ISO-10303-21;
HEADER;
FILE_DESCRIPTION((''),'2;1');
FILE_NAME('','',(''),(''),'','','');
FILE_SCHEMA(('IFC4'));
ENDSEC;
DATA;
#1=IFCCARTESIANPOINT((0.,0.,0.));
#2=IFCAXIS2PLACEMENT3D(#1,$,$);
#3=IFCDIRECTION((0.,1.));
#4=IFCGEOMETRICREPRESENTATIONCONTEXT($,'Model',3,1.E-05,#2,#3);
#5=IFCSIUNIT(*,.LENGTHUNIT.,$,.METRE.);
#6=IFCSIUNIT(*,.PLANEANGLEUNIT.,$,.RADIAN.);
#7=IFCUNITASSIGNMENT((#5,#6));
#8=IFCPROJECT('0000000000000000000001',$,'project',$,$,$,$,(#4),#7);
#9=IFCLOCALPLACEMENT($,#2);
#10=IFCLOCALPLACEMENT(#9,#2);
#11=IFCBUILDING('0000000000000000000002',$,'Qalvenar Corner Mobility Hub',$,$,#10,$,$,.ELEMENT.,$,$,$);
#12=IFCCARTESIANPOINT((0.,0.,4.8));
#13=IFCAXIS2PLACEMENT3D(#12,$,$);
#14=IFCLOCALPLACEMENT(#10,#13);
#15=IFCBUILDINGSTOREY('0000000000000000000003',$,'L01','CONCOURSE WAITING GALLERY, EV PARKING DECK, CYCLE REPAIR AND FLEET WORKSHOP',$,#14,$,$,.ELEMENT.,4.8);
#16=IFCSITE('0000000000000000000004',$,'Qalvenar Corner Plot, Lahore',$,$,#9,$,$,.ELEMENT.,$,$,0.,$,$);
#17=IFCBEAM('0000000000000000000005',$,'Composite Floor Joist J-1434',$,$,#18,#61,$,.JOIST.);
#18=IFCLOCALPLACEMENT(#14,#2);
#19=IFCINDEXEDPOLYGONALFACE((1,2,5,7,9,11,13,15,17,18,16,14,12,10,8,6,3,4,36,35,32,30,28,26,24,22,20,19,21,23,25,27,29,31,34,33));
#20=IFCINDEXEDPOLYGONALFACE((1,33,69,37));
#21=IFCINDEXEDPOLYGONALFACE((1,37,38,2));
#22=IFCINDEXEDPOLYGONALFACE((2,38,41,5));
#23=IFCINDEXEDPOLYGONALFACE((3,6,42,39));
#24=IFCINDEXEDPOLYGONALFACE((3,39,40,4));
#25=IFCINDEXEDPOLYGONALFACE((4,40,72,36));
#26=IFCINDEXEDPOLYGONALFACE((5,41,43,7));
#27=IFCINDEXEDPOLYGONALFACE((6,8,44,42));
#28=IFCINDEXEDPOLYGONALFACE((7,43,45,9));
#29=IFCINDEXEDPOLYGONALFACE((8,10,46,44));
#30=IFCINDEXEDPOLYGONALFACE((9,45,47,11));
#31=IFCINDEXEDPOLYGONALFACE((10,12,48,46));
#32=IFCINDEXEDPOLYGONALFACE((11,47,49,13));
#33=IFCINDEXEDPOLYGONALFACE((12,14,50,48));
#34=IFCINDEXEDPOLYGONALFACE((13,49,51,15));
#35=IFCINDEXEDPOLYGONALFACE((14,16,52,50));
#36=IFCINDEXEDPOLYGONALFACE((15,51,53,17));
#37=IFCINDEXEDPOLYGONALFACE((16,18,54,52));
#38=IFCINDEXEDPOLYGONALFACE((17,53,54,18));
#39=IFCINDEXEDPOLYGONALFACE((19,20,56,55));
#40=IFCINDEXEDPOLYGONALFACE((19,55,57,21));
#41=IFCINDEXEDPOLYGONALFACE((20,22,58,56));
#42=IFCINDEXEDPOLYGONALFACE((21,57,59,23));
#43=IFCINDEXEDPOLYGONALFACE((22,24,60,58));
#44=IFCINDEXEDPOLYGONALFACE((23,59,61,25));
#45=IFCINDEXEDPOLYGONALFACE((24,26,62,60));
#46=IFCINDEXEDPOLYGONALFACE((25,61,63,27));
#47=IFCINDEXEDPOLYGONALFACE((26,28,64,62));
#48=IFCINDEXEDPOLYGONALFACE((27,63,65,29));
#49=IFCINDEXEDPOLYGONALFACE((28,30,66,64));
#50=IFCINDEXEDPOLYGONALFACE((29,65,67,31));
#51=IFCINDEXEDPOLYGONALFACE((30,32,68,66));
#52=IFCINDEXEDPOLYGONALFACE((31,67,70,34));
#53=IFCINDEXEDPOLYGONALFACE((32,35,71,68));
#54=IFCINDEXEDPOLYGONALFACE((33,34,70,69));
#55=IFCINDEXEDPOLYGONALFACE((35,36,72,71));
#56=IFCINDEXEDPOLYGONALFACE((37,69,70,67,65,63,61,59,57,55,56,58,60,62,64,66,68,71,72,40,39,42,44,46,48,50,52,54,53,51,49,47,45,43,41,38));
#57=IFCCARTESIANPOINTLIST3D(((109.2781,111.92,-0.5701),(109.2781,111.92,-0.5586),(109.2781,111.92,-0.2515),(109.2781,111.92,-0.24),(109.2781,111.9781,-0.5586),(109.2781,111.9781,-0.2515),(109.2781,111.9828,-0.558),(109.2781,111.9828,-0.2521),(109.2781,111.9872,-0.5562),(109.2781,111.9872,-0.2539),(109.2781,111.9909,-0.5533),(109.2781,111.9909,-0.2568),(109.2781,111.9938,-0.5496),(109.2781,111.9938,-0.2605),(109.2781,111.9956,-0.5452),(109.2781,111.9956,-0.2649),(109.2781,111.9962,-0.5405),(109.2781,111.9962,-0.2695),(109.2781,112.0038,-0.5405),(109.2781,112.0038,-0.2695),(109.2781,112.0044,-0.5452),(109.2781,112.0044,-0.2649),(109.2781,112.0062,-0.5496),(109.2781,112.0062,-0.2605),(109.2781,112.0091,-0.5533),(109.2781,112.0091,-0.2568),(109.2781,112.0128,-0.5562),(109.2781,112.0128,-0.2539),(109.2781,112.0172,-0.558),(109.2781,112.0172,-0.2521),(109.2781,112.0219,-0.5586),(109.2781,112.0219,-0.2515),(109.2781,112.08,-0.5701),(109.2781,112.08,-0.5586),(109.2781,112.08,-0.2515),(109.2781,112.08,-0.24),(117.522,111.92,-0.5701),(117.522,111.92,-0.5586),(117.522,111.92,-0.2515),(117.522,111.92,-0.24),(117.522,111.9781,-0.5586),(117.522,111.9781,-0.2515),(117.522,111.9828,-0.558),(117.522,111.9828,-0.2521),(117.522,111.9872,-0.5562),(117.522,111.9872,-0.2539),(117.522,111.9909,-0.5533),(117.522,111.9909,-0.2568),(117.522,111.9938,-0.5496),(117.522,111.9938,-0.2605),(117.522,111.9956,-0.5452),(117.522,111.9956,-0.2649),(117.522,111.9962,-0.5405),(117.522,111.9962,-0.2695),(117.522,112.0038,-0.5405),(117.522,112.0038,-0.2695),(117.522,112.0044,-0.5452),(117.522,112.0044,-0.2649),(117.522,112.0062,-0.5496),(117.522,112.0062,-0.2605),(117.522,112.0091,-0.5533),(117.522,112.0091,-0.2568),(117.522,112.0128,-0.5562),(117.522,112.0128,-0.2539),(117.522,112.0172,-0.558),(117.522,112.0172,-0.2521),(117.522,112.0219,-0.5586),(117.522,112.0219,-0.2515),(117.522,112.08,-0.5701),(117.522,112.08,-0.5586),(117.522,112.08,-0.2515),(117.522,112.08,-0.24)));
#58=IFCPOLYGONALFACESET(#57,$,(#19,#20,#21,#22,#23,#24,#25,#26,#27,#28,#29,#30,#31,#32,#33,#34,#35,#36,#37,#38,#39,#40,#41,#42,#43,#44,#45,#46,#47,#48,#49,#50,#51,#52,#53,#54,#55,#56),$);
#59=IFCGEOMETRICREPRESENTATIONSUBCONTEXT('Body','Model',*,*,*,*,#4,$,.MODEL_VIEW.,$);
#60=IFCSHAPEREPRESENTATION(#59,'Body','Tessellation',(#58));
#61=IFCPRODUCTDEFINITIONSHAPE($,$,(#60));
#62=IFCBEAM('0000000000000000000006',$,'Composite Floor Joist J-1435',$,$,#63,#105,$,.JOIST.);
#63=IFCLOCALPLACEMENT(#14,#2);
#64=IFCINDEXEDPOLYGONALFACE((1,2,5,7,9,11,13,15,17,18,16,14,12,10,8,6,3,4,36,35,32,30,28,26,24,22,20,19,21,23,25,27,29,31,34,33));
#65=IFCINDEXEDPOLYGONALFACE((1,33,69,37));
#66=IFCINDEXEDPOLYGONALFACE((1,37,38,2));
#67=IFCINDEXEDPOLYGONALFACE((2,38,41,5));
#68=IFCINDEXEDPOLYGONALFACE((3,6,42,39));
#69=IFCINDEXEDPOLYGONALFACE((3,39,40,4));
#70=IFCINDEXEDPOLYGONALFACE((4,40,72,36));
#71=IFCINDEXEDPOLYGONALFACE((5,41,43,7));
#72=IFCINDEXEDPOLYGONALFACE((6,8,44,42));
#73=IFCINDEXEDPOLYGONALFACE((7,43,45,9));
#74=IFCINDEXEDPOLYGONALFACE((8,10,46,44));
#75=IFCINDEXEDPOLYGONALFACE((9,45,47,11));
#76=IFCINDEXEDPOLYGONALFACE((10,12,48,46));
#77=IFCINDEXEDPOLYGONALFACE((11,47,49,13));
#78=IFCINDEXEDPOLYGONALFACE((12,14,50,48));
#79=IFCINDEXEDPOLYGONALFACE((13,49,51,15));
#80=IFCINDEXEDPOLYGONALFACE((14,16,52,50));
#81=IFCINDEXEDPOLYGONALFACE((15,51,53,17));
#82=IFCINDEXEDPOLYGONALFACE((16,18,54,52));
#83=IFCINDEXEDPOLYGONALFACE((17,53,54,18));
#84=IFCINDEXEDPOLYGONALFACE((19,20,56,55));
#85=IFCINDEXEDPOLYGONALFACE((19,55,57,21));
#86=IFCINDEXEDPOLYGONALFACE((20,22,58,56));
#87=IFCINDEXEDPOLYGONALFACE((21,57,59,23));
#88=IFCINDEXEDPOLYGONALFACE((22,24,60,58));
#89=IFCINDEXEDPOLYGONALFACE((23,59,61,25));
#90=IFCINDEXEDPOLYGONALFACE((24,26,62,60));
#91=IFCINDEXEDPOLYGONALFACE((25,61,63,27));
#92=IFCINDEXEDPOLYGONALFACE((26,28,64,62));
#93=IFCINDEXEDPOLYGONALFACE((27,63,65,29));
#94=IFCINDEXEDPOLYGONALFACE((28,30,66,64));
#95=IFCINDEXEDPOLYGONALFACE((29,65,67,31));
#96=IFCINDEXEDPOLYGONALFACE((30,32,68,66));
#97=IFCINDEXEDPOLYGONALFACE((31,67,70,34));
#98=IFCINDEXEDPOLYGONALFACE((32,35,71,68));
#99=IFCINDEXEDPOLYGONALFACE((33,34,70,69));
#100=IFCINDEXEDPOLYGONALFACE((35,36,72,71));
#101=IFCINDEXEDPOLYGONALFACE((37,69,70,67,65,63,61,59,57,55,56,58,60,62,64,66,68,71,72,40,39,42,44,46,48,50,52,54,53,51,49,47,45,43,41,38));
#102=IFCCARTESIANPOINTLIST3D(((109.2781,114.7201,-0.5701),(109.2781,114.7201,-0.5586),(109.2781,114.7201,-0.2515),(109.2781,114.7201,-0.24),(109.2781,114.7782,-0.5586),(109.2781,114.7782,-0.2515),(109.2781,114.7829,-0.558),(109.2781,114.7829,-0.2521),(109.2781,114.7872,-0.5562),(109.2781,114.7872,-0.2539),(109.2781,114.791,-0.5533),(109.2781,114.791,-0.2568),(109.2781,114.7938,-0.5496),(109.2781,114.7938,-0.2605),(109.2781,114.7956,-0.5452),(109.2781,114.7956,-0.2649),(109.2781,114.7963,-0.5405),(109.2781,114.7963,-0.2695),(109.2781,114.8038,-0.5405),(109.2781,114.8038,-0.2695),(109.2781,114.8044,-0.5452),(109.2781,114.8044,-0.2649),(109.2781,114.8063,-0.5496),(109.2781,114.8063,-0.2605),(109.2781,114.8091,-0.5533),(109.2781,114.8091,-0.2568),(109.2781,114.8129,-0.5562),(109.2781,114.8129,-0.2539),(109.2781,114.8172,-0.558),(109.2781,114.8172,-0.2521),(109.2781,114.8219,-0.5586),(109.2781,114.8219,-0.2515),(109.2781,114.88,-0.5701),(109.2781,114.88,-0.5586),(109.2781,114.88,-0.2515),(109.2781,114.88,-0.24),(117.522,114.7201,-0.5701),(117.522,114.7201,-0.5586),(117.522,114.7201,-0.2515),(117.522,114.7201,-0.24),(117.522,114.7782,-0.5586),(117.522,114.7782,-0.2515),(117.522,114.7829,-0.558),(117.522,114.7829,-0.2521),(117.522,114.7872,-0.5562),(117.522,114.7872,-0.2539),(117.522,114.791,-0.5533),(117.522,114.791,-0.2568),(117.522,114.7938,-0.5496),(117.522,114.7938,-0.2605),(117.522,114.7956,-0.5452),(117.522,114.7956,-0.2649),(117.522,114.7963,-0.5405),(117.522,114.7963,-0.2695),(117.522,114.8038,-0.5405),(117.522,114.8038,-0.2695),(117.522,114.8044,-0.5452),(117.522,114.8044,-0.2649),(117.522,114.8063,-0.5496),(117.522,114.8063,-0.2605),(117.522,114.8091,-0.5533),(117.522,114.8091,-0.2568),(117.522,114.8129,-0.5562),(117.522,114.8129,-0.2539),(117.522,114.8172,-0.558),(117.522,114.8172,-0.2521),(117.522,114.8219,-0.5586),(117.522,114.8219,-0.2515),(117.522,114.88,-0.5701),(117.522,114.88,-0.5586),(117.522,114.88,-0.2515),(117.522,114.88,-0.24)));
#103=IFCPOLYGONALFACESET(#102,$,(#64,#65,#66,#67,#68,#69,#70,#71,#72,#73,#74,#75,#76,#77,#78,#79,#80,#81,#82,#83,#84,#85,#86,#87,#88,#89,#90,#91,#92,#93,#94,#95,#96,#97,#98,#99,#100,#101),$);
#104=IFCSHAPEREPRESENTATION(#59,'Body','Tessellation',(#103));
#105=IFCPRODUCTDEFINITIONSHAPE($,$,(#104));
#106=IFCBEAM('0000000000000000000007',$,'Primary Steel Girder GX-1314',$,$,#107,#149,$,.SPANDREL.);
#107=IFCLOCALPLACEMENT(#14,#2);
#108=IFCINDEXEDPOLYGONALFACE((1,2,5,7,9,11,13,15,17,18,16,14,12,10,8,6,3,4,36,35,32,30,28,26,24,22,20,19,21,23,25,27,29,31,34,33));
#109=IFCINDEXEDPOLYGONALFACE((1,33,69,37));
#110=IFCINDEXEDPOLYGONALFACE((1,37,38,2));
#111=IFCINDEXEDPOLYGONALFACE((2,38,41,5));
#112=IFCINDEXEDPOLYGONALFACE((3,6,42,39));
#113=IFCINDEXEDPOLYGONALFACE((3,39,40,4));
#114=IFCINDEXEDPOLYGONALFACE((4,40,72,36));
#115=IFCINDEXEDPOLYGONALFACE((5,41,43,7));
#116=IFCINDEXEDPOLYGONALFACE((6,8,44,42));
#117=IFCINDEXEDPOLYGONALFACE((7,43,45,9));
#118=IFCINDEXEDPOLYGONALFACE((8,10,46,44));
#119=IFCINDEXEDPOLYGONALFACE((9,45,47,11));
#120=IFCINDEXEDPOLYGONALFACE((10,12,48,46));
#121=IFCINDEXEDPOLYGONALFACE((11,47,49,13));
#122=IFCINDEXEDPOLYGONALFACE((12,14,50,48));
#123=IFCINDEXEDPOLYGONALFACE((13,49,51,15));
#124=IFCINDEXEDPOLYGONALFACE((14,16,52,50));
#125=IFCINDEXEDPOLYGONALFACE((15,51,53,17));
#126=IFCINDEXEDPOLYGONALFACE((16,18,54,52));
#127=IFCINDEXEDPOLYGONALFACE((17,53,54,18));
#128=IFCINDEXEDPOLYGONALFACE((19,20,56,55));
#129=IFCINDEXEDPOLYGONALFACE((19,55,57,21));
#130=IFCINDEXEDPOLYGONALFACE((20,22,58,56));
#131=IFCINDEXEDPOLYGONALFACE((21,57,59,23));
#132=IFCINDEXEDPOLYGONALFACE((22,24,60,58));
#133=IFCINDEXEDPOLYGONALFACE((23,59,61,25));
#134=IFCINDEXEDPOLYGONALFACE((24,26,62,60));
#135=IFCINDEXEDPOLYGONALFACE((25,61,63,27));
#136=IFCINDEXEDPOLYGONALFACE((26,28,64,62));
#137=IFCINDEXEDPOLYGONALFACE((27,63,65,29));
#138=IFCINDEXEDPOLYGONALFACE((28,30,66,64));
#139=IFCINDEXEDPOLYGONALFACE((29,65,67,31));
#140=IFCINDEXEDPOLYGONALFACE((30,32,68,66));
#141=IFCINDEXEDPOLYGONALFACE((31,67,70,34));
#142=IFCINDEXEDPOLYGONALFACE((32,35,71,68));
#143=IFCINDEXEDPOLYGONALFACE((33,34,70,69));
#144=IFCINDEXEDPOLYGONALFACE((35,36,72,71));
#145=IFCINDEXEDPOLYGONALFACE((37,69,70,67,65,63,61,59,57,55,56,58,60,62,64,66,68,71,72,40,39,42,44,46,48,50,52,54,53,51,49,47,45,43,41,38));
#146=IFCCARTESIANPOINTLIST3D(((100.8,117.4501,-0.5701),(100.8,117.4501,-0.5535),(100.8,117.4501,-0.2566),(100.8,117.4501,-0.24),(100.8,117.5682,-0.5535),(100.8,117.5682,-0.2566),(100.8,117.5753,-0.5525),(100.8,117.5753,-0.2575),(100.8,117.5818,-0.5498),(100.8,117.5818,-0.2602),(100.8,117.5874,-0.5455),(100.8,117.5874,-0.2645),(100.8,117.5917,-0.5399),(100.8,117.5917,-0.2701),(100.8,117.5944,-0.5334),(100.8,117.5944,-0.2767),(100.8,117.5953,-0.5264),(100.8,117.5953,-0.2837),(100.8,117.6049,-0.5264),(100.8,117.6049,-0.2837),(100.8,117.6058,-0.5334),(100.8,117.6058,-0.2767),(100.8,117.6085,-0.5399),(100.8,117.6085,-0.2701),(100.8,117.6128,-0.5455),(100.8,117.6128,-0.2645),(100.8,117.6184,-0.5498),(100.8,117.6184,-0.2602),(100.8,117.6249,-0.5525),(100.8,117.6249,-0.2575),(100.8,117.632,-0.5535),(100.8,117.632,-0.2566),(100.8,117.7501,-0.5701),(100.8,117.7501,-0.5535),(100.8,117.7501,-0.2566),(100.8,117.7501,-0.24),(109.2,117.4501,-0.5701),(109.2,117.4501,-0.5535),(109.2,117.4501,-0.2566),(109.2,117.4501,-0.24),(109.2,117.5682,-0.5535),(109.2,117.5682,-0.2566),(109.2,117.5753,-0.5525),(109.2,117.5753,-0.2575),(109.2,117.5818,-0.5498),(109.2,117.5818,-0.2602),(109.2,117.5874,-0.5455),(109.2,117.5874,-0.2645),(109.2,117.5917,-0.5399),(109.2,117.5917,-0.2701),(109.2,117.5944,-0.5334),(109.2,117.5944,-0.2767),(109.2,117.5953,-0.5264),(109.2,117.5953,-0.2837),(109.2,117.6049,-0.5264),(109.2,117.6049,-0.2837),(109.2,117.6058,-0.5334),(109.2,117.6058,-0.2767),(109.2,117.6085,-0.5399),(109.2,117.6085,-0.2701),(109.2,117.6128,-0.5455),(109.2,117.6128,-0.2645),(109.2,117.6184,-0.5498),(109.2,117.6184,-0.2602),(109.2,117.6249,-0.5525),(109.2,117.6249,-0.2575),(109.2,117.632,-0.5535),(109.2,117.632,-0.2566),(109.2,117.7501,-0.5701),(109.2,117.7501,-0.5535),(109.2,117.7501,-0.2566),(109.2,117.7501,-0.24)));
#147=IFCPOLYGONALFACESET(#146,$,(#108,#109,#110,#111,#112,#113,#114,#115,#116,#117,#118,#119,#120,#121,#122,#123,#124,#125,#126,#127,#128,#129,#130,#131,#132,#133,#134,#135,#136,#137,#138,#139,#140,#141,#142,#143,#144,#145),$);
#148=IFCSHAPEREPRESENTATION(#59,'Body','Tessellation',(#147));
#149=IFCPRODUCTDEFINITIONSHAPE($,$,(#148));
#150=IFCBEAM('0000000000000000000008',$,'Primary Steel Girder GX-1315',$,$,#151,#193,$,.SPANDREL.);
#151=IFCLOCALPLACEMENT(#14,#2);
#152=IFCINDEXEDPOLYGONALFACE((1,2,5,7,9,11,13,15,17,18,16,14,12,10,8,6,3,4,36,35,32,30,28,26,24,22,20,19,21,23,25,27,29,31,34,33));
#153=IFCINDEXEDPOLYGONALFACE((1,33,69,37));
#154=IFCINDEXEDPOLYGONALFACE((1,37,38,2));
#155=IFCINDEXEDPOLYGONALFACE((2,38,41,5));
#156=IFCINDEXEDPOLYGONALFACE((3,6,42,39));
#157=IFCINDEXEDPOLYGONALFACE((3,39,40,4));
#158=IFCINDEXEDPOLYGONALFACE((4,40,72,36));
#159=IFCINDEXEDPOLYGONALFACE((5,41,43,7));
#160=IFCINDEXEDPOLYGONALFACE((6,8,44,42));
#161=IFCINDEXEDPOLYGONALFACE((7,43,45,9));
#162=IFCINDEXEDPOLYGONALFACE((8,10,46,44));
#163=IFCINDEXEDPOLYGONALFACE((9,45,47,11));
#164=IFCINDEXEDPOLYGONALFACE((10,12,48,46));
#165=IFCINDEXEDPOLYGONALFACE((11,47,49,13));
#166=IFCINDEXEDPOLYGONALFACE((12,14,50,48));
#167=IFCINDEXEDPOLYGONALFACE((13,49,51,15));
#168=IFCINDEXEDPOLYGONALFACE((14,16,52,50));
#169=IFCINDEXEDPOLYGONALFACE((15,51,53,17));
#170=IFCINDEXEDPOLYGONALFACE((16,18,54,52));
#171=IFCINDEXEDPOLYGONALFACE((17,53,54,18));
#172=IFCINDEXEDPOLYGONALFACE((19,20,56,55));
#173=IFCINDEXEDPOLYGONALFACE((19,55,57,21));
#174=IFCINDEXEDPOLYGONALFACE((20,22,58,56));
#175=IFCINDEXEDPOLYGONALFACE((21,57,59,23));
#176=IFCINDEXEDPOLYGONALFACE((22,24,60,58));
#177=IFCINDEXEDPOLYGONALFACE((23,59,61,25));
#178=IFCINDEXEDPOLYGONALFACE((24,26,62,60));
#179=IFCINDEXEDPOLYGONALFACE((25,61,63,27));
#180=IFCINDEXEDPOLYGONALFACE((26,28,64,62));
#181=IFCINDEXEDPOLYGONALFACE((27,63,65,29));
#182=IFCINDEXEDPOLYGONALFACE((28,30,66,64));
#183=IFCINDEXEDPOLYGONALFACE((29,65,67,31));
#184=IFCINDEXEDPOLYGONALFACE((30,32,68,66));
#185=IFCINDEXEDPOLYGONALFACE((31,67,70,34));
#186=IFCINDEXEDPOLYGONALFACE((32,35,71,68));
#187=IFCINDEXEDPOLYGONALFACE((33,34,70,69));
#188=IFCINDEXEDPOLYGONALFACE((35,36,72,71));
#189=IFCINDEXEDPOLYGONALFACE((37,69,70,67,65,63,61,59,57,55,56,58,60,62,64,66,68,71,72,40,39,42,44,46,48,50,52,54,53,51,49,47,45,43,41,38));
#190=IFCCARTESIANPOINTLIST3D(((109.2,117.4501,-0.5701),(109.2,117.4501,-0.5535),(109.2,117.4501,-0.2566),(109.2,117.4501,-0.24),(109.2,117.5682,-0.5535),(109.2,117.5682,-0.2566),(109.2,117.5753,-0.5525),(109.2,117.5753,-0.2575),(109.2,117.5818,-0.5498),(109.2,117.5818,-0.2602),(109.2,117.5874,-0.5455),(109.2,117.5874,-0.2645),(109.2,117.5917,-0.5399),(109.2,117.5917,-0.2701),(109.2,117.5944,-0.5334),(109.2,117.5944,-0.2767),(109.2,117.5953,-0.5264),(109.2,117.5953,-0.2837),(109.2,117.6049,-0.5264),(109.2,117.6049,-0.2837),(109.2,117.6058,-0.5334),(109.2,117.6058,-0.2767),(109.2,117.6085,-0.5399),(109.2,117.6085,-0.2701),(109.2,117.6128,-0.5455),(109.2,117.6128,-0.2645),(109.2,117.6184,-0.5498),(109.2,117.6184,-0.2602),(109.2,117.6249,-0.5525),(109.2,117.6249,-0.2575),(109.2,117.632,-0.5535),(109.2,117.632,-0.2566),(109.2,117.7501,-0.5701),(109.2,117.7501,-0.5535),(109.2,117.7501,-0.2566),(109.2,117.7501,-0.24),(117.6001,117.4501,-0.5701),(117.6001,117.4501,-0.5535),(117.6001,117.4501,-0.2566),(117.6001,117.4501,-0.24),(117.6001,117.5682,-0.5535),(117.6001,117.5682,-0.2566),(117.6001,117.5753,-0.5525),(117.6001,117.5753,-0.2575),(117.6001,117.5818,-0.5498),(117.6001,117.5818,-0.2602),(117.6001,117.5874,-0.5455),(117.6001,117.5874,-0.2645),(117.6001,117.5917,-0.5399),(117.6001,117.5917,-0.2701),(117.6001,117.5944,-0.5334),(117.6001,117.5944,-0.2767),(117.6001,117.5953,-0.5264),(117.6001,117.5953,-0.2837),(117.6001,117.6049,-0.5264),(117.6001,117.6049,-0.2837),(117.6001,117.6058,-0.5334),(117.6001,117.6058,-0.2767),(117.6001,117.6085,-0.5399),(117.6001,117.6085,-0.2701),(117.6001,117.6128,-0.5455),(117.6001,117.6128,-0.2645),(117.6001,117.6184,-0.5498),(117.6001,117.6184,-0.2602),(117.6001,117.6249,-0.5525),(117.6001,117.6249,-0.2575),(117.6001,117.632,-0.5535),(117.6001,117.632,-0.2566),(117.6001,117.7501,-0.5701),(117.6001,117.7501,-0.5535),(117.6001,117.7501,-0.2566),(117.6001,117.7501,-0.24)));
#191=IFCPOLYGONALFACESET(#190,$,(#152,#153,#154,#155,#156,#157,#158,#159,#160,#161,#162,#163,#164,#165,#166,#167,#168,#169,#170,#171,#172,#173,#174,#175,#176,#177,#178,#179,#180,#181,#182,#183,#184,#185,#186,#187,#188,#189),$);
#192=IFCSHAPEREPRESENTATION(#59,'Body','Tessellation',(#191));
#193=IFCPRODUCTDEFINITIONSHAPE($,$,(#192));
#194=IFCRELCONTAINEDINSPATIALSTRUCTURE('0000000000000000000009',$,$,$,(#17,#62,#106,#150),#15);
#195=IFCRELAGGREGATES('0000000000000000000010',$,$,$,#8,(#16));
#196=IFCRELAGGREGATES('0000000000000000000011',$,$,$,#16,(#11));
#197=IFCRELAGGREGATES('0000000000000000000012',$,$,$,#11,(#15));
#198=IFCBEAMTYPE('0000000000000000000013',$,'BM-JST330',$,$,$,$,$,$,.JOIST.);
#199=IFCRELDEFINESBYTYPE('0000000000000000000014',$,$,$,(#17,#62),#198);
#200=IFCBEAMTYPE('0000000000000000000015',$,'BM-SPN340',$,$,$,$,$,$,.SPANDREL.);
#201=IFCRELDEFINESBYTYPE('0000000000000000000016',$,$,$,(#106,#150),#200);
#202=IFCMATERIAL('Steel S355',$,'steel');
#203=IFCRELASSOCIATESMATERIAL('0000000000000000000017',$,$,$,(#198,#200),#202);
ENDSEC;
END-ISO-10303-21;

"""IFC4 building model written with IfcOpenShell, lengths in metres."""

from ifc_helpers import new_model, si_unit, direction, frame, origin, origin_2d, place, context, subcontext, project, spatial, i_section, extrude, material, material_profile, profile_set, type_object, element, save


model = new_model("IFC4")

# Units and contexts
model_context = context("Model", 3, precision=1e-05, world=origin(), true_north=direction((0.0, 1.0)))
body_context = subcontext(model_context, "Body", "Model", "MODEL_VIEW")
ifc_project = project(units=[si_unit("LENGTHUNIT", "METRE"), si_unit("PLANEANGLEUNIT", "RADIAN")], contexts=[model_context])

# Site, building, storey
site_placement = place(None, origin())
site = spatial("IfcSite", under=ifc_project, at=site_placement, Name="Qalvenar Corner Plot, Lahore", CompositionType="ELEMENT", RefElevation=0.0)
building_placement = place(site_placement, origin())
building = spatial("IfcBuilding", under=site, at=building_placement, Name="Qalvenar Corner Mobility Hub", CompositionType="ELEMENT")
storey_placement = place(building_placement, frame((0.0, 0.0, 4.8)))
storey = spatial("IfcBuildingStorey", under=building, at=storey_placement, Name="L01", Description="CONCOURSE WAITING GALLERY, EV PARKING DECK, CYCLE REPAIR AND FLEET WORKSHOP", CompositionType="ELEMENT", Elevation=4.8)

# Shared definitions
ifc_material = material(Name="Steel S355", Category="steel")

# Beams
ifc_material_profile_1 = material_profile(ifc_material, i_section(OverallWidth=0.1599, OverallDepth=0.3301, WebThickness=0.0076, FlangeThickness=0.0115, FilletRadius=0.0181, at=origin_2d()), Name="IPE330")
ifc_profile_set_1 = profile_set([ifc_material_profile_1], Name="Steel S355")
beam_type_1 = type_object("IfcBeamType", Name="BM-JST330", PredefinedType="JOIST", material=ifc_profile_set_1)
for number, where, z_axis, x_axis, name in (
    (1, (109.2781, 112.0, -0.405), (1.0, 0.0, 0.0), (0.0, 1.0, 0.0), "Composite Floor Joist J-1434"),
    (2, (109.2781, 114.8, -0.405), (1.0, 0.0, 0.0), (0.0, 1.0, 0.0), "Composite Floor Joist J-1435"),
):
    element("IfcBeam", number, at=place(storey_placement, frame(where, z_axis=z_axis, x_axis=x_axis)), inside=storey, type_object=beam_type_1, Name=name, PredefinedType="JOIST", context=body_context, shape_type="SweptSolid", body=[
        extrude(i_section(OverallWidth=0.1599, OverallDepth=0.3301, WebThickness=0.0076, FlangeThickness=0.0115, FilletRadius=0.0181, at=origin_2d()), origin(), (0.0, 0.0, 1.0), 8.2439),
    ])
ifc_material_profile_2 = material_profile(ifc_material, i_section(OverallWidth=0.3, OverallDepth=0.3301, WebThickness=0.0095, FlangeThickness=0.0166, FilletRadius=0.0271, at=origin_2d()), Name="HEA340")
ifc_profile_set_2 = profile_set([ifc_material_profile_2], Name="Steel S355")
beam_type_2 = type_object("IfcBeamType", Name="BM-SPN340", PredefinedType="SPANDREL", material=ifc_profile_set_2)
beam_1_placement = place(storey_placement, frame((100.8, 117.6001, -0.405), z_axis=(1.0, 0.0, 0.0), x_axis=(0.0, 1.0, 0.0)))
element("IfcBeam", 3, at=beam_1_placement, inside=storey, type_object=beam_type_2, Name="Primary Steel Girder GX-1314", PredefinedType="SPANDREL", context=body_context, shape_type="SweptSolid", body=[
    extrude(i_section(OverallWidth=0.3, OverallDepth=0.3301, WebThickness=0.0095, FlangeThickness=0.0166, FilletRadius=0.0271, at=origin_2d()), origin(), (0.0, 0.0, 1.0), 8.3999),
])
beam_2_placement = place(storey_placement, frame((109.2, 117.6001, -0.405), z_axis=(1.0, 0.0, 0.0), x_axis=(0.0, 1.0, 0.0)))
element("IfcBeam", 4, at=beam_2_placement, inside=storey, type_object=beam_type_2, Name="Primary Steel Girder GX-1315", PredefinedType="SPANDREL", context=body_context, shape_type="SweptSolid", body=[
    extrude(i_section(OverallWidth=0.3, OverallDepth=0.3301, WebThickness=0.0095, FlangeThickness=0.0166, FilletRadius=0.0271, at=origin_2d()), origin(), (0.0, 0.0, 1.0), 8.4001),
])

save(model, "model.ifc")
